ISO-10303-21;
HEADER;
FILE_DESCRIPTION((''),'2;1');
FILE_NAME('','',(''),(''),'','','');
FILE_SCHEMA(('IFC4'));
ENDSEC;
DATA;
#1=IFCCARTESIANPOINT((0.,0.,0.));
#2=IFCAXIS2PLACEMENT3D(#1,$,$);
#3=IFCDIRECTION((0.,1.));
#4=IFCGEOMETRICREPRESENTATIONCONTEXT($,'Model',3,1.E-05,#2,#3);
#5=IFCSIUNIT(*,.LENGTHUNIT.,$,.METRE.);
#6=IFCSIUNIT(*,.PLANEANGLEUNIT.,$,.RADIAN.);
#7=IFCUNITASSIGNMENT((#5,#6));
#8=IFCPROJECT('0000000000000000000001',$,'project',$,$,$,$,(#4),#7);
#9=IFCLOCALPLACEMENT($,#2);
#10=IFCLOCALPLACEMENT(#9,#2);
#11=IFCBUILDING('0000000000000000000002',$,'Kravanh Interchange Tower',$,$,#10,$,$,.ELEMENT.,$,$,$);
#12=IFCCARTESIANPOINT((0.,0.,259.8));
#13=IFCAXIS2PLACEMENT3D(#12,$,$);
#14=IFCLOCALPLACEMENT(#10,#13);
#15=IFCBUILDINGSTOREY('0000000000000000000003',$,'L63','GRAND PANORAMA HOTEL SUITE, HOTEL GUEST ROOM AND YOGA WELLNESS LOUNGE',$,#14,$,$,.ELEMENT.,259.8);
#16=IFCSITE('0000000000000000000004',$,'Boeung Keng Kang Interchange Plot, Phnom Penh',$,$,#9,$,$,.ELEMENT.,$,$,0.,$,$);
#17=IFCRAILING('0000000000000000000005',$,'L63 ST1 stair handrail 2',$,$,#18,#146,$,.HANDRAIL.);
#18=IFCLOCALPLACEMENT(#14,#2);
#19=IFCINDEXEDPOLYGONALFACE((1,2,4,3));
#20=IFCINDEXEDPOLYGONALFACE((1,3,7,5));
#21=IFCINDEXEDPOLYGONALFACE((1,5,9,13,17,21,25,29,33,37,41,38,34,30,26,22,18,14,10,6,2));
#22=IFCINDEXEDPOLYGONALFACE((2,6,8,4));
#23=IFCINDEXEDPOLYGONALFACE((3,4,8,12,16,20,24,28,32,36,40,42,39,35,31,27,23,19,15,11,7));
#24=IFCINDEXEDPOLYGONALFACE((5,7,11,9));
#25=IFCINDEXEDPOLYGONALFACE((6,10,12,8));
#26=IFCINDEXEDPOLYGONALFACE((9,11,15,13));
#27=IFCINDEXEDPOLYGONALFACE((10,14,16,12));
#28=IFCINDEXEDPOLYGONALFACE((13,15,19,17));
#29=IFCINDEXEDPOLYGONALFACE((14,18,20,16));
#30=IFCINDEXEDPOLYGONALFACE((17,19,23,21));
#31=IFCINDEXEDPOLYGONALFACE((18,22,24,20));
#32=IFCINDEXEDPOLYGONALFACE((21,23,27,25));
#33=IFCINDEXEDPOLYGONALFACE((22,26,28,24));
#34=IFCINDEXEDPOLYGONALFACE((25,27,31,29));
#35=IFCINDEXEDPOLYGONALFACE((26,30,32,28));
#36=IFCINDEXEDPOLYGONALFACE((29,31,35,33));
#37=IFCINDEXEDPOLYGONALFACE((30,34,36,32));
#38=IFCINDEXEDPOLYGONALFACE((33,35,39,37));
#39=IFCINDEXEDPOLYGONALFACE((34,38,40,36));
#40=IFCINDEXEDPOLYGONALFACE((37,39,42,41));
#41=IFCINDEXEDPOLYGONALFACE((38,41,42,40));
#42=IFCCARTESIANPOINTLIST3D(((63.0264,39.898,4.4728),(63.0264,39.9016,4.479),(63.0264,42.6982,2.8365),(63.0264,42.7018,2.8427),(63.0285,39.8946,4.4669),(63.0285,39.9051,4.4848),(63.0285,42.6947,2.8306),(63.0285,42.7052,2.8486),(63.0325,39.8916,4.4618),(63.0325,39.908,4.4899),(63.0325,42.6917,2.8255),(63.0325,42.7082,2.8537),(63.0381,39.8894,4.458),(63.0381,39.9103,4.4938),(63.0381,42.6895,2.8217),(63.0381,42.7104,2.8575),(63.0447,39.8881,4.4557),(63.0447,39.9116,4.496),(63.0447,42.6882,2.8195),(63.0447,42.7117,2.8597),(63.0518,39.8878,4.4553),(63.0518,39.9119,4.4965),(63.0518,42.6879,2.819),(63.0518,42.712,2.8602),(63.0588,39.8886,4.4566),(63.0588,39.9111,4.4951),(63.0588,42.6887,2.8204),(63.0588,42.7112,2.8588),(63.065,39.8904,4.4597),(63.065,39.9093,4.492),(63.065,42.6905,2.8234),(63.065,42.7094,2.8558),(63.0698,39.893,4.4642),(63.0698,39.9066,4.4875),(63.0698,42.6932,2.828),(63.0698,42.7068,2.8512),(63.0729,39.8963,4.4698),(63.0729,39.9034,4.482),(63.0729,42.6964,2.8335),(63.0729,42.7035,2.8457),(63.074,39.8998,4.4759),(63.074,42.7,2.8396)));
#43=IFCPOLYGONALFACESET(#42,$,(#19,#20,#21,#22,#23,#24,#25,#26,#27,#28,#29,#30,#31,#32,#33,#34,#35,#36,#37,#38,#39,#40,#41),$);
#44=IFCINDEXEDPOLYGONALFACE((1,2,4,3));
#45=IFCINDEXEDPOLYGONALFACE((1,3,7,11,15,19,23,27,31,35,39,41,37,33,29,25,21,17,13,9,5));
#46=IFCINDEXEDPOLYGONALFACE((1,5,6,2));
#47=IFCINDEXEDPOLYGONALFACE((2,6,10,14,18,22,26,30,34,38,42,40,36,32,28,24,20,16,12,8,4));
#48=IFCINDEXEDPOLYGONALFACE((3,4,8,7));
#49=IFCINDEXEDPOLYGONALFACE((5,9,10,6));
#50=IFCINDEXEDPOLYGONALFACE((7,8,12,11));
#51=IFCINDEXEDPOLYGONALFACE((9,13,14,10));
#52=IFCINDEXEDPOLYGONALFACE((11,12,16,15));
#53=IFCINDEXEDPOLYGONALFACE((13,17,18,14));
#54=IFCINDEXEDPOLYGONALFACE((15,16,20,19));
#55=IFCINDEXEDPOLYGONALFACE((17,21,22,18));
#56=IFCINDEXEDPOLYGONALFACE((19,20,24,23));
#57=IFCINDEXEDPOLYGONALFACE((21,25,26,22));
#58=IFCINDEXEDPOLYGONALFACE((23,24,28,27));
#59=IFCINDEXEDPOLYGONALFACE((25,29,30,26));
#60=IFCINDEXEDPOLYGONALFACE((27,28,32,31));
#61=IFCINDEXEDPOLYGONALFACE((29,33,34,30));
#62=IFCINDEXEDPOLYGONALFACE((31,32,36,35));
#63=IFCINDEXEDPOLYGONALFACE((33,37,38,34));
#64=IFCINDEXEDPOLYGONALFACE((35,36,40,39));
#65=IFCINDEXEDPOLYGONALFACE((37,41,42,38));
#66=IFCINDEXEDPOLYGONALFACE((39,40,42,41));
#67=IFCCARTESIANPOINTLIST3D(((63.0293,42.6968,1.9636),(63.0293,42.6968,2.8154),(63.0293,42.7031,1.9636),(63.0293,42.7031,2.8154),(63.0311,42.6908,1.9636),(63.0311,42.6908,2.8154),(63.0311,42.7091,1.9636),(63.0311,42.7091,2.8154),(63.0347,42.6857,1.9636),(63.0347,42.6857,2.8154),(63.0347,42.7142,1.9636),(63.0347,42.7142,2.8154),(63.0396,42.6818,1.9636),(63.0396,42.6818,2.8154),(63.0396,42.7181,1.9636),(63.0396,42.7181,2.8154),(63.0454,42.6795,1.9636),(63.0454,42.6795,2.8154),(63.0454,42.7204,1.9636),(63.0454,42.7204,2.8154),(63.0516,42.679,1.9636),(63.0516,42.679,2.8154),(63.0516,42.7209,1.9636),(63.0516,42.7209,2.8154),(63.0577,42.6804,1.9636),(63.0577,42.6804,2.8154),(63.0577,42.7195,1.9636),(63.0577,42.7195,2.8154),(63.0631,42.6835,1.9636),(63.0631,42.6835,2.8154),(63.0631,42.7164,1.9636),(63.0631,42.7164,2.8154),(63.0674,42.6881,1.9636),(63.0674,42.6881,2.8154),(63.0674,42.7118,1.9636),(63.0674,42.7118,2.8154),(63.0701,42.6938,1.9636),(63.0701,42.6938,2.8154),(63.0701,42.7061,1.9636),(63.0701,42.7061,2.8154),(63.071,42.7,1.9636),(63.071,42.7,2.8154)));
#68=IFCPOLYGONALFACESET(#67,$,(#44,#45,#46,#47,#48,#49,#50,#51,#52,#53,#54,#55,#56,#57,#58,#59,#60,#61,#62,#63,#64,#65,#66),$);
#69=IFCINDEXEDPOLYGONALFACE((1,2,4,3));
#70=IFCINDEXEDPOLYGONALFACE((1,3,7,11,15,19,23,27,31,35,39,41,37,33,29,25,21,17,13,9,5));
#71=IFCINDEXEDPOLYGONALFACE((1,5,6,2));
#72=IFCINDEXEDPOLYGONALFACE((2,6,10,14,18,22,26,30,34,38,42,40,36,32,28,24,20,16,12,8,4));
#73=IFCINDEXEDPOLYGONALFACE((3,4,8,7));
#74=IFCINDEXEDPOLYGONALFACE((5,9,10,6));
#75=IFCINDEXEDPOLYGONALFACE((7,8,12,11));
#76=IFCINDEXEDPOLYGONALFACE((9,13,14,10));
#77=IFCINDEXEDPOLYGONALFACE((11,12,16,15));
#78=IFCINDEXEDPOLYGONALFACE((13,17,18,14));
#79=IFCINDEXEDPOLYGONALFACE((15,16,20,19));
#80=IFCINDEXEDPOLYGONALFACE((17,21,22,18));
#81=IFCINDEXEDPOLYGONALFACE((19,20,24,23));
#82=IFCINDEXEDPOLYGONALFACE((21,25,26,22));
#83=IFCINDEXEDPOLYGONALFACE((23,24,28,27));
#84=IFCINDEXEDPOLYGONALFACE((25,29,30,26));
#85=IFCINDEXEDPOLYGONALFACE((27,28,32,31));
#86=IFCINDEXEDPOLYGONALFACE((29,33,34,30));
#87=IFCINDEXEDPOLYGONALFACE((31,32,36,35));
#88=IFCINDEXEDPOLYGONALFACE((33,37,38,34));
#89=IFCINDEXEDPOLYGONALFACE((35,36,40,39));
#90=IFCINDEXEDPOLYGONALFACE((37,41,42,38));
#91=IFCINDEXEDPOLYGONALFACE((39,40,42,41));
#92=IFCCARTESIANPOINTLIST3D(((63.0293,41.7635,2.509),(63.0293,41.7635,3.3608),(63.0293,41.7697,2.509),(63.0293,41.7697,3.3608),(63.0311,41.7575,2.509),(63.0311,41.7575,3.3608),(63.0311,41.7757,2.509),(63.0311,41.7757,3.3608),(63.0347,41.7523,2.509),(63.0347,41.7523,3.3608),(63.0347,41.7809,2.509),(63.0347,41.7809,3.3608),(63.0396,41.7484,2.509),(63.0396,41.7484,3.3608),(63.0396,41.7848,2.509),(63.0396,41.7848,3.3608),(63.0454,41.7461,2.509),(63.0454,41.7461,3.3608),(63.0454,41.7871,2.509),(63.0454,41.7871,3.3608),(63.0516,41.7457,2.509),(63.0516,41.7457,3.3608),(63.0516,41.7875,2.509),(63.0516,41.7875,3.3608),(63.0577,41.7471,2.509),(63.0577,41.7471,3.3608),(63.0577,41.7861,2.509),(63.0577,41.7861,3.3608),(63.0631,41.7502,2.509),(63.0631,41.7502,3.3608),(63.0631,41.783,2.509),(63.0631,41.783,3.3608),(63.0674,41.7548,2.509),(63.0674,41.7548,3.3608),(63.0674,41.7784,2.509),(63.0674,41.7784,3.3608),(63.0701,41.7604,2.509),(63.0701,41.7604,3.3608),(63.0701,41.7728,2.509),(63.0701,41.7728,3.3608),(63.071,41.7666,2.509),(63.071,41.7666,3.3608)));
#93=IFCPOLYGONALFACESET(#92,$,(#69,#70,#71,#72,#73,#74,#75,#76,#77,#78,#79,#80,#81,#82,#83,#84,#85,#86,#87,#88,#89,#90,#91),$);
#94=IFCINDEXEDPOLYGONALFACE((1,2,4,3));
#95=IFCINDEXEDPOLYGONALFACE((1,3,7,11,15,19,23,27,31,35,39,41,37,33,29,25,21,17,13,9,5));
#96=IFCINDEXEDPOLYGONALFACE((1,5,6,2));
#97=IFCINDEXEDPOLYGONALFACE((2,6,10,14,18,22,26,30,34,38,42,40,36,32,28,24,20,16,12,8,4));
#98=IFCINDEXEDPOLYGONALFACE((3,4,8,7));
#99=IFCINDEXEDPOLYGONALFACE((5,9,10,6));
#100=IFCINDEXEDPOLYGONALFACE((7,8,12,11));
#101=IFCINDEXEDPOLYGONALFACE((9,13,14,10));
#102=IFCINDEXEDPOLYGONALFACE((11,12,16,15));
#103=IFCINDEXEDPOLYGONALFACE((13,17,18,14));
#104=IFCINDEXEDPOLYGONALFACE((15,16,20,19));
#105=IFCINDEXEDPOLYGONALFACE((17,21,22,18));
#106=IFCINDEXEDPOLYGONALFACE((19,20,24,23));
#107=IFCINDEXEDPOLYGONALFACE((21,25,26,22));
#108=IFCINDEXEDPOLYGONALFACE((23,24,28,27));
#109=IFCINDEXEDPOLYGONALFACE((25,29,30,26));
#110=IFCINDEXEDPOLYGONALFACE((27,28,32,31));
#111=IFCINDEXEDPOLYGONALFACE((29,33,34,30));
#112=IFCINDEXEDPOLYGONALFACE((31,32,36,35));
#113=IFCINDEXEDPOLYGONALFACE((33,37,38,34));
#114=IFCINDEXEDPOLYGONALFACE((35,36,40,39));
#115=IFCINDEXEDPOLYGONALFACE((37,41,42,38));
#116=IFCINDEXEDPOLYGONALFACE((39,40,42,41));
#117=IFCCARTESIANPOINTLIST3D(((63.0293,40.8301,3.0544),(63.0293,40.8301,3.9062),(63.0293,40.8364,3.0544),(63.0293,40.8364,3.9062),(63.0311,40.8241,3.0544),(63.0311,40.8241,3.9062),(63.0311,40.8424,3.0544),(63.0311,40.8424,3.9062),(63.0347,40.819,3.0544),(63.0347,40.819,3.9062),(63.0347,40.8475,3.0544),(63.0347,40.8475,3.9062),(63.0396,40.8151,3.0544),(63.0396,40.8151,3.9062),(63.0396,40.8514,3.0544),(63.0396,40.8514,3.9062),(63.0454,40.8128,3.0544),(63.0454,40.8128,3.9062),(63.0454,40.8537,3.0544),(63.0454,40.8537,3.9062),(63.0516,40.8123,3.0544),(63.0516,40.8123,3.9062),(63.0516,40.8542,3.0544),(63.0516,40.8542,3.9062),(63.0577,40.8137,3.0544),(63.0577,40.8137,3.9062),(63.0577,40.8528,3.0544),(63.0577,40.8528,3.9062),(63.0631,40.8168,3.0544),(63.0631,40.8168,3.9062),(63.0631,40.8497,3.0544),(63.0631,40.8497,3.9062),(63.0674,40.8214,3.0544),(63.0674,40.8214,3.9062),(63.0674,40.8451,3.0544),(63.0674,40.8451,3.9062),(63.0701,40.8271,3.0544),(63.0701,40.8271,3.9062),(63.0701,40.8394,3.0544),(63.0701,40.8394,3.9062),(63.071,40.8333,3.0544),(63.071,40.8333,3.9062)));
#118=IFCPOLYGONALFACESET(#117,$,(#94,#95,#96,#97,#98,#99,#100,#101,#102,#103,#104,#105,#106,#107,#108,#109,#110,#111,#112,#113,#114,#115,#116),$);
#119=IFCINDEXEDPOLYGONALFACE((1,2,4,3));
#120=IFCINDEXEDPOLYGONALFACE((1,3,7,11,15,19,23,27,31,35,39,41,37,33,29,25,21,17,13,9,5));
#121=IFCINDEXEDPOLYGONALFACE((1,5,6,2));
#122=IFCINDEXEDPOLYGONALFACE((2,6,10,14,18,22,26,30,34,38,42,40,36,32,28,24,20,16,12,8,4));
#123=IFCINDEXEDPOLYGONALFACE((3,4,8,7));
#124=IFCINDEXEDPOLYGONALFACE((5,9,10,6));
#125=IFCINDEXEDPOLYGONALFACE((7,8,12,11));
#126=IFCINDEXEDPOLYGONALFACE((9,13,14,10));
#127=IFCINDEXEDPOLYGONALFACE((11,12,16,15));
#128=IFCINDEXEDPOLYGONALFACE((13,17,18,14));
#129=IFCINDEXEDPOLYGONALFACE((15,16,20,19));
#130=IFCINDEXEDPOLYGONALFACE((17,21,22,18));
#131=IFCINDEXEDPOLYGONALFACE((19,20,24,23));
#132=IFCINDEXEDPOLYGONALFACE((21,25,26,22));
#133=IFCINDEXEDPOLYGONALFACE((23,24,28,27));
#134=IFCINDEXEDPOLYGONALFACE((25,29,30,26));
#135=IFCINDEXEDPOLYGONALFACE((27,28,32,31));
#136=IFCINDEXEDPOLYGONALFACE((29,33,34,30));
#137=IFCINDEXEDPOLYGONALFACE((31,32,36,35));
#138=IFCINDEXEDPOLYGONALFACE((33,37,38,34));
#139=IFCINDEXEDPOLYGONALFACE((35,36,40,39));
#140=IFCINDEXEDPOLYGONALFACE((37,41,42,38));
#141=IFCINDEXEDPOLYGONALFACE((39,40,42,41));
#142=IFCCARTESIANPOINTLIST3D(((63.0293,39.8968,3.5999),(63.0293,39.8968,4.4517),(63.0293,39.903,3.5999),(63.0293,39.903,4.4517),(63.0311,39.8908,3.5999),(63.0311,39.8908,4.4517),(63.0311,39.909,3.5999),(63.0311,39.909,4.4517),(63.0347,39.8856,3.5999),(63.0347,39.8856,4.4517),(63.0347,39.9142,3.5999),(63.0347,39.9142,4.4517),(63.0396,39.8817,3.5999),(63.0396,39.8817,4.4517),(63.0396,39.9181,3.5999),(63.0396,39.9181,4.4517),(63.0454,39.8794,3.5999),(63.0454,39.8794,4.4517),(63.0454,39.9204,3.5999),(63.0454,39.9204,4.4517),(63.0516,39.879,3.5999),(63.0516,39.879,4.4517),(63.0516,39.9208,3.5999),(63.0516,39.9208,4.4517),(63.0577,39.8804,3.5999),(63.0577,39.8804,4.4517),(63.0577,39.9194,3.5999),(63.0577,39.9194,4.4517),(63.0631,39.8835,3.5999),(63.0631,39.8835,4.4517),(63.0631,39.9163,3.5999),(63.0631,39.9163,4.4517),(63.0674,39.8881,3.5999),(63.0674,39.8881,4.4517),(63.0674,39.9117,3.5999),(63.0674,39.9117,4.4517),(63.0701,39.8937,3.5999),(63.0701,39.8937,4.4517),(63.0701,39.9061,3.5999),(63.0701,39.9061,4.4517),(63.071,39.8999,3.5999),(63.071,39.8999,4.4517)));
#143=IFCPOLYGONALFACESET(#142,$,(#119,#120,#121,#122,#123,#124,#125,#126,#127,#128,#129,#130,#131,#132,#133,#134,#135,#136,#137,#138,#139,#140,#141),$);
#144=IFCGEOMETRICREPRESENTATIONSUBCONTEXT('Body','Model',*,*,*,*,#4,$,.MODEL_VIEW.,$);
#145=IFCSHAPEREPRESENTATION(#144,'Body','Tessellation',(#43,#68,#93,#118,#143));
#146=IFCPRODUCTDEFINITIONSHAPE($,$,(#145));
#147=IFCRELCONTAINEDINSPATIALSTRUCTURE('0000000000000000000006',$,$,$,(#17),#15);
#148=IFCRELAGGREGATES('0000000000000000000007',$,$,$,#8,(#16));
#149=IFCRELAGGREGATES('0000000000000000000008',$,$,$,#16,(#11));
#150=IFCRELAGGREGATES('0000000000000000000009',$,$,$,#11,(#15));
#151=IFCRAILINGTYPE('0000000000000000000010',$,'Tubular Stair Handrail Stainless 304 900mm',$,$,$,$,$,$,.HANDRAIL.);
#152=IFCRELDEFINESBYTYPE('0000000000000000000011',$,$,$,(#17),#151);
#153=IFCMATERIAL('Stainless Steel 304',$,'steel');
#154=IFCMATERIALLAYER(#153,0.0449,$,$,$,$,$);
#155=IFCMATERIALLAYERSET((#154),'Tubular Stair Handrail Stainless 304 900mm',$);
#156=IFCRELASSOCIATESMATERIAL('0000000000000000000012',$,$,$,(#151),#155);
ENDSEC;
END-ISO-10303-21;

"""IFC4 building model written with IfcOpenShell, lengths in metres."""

from ifc_helpers import new_model, si_unit, direction, frame, origin, origin_2d, place, context, subcontext, project, spatial, circle, extrude, material, layer, layer_set, type_object, element, save


model = new_model("IFC4")

# Units and contexts
model_context = context("Model", 3, precision=1e-05, world=origin(), true_north=direction((0.0, 1.0)))
body_context = subcontext(model_context, "Body", "Model", "MODEL_VIEW")
ifc_project = project(units=[si_unit("LENGTHUNIT", "METRE"), si_unit("PLANEANGLEUNIT", "RADIAN")], contexts=[model_context])

# Site, building, storey
site_placement = place(None, origin())
site = spatial("IfcSite", under=ifc_project, at=site_placement, Name="Boeung Keng Kang Interchange Plot, Phnom Penh", CompositionType="ELEMENT", RefElevation=0.0)
building_placement = place(site_placement, origin())
building = spatial("IfcBuilding", under=site, at=building_placement, Name="Kravanh Interchange Tower", CompositionType="ELEMENT")
storey_placement = place(building_placement, frame((0.0, 0.0, 259.8)))
storey = spatial("IfcBuildingStorey", under=building, at=storey_placement, Name="L63", Description="GRAND PANORAMA HOTEL SUITE, HOTEL GUEST ROOM AND YOGA WELLNESS LOUNGE", CompositionType="ELEMENT", Elevation=259.8)

# Railing
ifc_material_1 = material(Name="Stainless Steel 304", Category="steel")
ifc_layer_1 = layer(ifc_material_1, 0.0449)
ifc_layer_set_1 = layer_set([ifc_layer_1], Name="Tubular Stair Handrail Stainless 304 900mm")
railing_type_1 = type_object("IfcRailingType", Name="Tubular Stair Handrail Stainless 304 900mm", PredefinedType="HANDRAIL", material=ifc_layer_set_1)
railing_1_placement = place(storey_placement, frame((63.05, 42.7, 1.9636)))
element("IfcRailing", 1, at=railing_1_placement, inside=storey, type_object=railing_type_1, Name="L63 ST1 stair handrail 2", PredefinedType="HANDRAIL", context=body_context, shape_type="SweptSolid", body=[
    extrude(circle(Radius=0.0239, at=origin_2d()), frame((0.0, 0.0, 0.876), z_axis=(0.0, -0.863394, 0.504531), x_axis=(1.0, 0.0, 0.0)), (0.0, 0.0, 1.0), 3.2432),
    extrude(circle(Radius=0.021, at=origin_2d()), origin(), (0.0, 0.0, 1.0), 0.8518),
    extrude(circle(Radius=0.021, at=origin_2d()), frame((0.0, -0.9333, 0.5454)), (0.0, 0.0, 1.0), 0.8518),
    extrude(circle(Radius=0.021, at=origin_2d()), frame((0.0, -1.8667, 1.0908)), (0.0, 0.0, 1.0), 0.8518),
    extrude(circle(Radius=0.021, at=origin_2d()), frame((0.0, -2.8, 1.6362)), (0.0, 0.0, 1.0), 0.8518),
])

save(model, "model.ifc")
